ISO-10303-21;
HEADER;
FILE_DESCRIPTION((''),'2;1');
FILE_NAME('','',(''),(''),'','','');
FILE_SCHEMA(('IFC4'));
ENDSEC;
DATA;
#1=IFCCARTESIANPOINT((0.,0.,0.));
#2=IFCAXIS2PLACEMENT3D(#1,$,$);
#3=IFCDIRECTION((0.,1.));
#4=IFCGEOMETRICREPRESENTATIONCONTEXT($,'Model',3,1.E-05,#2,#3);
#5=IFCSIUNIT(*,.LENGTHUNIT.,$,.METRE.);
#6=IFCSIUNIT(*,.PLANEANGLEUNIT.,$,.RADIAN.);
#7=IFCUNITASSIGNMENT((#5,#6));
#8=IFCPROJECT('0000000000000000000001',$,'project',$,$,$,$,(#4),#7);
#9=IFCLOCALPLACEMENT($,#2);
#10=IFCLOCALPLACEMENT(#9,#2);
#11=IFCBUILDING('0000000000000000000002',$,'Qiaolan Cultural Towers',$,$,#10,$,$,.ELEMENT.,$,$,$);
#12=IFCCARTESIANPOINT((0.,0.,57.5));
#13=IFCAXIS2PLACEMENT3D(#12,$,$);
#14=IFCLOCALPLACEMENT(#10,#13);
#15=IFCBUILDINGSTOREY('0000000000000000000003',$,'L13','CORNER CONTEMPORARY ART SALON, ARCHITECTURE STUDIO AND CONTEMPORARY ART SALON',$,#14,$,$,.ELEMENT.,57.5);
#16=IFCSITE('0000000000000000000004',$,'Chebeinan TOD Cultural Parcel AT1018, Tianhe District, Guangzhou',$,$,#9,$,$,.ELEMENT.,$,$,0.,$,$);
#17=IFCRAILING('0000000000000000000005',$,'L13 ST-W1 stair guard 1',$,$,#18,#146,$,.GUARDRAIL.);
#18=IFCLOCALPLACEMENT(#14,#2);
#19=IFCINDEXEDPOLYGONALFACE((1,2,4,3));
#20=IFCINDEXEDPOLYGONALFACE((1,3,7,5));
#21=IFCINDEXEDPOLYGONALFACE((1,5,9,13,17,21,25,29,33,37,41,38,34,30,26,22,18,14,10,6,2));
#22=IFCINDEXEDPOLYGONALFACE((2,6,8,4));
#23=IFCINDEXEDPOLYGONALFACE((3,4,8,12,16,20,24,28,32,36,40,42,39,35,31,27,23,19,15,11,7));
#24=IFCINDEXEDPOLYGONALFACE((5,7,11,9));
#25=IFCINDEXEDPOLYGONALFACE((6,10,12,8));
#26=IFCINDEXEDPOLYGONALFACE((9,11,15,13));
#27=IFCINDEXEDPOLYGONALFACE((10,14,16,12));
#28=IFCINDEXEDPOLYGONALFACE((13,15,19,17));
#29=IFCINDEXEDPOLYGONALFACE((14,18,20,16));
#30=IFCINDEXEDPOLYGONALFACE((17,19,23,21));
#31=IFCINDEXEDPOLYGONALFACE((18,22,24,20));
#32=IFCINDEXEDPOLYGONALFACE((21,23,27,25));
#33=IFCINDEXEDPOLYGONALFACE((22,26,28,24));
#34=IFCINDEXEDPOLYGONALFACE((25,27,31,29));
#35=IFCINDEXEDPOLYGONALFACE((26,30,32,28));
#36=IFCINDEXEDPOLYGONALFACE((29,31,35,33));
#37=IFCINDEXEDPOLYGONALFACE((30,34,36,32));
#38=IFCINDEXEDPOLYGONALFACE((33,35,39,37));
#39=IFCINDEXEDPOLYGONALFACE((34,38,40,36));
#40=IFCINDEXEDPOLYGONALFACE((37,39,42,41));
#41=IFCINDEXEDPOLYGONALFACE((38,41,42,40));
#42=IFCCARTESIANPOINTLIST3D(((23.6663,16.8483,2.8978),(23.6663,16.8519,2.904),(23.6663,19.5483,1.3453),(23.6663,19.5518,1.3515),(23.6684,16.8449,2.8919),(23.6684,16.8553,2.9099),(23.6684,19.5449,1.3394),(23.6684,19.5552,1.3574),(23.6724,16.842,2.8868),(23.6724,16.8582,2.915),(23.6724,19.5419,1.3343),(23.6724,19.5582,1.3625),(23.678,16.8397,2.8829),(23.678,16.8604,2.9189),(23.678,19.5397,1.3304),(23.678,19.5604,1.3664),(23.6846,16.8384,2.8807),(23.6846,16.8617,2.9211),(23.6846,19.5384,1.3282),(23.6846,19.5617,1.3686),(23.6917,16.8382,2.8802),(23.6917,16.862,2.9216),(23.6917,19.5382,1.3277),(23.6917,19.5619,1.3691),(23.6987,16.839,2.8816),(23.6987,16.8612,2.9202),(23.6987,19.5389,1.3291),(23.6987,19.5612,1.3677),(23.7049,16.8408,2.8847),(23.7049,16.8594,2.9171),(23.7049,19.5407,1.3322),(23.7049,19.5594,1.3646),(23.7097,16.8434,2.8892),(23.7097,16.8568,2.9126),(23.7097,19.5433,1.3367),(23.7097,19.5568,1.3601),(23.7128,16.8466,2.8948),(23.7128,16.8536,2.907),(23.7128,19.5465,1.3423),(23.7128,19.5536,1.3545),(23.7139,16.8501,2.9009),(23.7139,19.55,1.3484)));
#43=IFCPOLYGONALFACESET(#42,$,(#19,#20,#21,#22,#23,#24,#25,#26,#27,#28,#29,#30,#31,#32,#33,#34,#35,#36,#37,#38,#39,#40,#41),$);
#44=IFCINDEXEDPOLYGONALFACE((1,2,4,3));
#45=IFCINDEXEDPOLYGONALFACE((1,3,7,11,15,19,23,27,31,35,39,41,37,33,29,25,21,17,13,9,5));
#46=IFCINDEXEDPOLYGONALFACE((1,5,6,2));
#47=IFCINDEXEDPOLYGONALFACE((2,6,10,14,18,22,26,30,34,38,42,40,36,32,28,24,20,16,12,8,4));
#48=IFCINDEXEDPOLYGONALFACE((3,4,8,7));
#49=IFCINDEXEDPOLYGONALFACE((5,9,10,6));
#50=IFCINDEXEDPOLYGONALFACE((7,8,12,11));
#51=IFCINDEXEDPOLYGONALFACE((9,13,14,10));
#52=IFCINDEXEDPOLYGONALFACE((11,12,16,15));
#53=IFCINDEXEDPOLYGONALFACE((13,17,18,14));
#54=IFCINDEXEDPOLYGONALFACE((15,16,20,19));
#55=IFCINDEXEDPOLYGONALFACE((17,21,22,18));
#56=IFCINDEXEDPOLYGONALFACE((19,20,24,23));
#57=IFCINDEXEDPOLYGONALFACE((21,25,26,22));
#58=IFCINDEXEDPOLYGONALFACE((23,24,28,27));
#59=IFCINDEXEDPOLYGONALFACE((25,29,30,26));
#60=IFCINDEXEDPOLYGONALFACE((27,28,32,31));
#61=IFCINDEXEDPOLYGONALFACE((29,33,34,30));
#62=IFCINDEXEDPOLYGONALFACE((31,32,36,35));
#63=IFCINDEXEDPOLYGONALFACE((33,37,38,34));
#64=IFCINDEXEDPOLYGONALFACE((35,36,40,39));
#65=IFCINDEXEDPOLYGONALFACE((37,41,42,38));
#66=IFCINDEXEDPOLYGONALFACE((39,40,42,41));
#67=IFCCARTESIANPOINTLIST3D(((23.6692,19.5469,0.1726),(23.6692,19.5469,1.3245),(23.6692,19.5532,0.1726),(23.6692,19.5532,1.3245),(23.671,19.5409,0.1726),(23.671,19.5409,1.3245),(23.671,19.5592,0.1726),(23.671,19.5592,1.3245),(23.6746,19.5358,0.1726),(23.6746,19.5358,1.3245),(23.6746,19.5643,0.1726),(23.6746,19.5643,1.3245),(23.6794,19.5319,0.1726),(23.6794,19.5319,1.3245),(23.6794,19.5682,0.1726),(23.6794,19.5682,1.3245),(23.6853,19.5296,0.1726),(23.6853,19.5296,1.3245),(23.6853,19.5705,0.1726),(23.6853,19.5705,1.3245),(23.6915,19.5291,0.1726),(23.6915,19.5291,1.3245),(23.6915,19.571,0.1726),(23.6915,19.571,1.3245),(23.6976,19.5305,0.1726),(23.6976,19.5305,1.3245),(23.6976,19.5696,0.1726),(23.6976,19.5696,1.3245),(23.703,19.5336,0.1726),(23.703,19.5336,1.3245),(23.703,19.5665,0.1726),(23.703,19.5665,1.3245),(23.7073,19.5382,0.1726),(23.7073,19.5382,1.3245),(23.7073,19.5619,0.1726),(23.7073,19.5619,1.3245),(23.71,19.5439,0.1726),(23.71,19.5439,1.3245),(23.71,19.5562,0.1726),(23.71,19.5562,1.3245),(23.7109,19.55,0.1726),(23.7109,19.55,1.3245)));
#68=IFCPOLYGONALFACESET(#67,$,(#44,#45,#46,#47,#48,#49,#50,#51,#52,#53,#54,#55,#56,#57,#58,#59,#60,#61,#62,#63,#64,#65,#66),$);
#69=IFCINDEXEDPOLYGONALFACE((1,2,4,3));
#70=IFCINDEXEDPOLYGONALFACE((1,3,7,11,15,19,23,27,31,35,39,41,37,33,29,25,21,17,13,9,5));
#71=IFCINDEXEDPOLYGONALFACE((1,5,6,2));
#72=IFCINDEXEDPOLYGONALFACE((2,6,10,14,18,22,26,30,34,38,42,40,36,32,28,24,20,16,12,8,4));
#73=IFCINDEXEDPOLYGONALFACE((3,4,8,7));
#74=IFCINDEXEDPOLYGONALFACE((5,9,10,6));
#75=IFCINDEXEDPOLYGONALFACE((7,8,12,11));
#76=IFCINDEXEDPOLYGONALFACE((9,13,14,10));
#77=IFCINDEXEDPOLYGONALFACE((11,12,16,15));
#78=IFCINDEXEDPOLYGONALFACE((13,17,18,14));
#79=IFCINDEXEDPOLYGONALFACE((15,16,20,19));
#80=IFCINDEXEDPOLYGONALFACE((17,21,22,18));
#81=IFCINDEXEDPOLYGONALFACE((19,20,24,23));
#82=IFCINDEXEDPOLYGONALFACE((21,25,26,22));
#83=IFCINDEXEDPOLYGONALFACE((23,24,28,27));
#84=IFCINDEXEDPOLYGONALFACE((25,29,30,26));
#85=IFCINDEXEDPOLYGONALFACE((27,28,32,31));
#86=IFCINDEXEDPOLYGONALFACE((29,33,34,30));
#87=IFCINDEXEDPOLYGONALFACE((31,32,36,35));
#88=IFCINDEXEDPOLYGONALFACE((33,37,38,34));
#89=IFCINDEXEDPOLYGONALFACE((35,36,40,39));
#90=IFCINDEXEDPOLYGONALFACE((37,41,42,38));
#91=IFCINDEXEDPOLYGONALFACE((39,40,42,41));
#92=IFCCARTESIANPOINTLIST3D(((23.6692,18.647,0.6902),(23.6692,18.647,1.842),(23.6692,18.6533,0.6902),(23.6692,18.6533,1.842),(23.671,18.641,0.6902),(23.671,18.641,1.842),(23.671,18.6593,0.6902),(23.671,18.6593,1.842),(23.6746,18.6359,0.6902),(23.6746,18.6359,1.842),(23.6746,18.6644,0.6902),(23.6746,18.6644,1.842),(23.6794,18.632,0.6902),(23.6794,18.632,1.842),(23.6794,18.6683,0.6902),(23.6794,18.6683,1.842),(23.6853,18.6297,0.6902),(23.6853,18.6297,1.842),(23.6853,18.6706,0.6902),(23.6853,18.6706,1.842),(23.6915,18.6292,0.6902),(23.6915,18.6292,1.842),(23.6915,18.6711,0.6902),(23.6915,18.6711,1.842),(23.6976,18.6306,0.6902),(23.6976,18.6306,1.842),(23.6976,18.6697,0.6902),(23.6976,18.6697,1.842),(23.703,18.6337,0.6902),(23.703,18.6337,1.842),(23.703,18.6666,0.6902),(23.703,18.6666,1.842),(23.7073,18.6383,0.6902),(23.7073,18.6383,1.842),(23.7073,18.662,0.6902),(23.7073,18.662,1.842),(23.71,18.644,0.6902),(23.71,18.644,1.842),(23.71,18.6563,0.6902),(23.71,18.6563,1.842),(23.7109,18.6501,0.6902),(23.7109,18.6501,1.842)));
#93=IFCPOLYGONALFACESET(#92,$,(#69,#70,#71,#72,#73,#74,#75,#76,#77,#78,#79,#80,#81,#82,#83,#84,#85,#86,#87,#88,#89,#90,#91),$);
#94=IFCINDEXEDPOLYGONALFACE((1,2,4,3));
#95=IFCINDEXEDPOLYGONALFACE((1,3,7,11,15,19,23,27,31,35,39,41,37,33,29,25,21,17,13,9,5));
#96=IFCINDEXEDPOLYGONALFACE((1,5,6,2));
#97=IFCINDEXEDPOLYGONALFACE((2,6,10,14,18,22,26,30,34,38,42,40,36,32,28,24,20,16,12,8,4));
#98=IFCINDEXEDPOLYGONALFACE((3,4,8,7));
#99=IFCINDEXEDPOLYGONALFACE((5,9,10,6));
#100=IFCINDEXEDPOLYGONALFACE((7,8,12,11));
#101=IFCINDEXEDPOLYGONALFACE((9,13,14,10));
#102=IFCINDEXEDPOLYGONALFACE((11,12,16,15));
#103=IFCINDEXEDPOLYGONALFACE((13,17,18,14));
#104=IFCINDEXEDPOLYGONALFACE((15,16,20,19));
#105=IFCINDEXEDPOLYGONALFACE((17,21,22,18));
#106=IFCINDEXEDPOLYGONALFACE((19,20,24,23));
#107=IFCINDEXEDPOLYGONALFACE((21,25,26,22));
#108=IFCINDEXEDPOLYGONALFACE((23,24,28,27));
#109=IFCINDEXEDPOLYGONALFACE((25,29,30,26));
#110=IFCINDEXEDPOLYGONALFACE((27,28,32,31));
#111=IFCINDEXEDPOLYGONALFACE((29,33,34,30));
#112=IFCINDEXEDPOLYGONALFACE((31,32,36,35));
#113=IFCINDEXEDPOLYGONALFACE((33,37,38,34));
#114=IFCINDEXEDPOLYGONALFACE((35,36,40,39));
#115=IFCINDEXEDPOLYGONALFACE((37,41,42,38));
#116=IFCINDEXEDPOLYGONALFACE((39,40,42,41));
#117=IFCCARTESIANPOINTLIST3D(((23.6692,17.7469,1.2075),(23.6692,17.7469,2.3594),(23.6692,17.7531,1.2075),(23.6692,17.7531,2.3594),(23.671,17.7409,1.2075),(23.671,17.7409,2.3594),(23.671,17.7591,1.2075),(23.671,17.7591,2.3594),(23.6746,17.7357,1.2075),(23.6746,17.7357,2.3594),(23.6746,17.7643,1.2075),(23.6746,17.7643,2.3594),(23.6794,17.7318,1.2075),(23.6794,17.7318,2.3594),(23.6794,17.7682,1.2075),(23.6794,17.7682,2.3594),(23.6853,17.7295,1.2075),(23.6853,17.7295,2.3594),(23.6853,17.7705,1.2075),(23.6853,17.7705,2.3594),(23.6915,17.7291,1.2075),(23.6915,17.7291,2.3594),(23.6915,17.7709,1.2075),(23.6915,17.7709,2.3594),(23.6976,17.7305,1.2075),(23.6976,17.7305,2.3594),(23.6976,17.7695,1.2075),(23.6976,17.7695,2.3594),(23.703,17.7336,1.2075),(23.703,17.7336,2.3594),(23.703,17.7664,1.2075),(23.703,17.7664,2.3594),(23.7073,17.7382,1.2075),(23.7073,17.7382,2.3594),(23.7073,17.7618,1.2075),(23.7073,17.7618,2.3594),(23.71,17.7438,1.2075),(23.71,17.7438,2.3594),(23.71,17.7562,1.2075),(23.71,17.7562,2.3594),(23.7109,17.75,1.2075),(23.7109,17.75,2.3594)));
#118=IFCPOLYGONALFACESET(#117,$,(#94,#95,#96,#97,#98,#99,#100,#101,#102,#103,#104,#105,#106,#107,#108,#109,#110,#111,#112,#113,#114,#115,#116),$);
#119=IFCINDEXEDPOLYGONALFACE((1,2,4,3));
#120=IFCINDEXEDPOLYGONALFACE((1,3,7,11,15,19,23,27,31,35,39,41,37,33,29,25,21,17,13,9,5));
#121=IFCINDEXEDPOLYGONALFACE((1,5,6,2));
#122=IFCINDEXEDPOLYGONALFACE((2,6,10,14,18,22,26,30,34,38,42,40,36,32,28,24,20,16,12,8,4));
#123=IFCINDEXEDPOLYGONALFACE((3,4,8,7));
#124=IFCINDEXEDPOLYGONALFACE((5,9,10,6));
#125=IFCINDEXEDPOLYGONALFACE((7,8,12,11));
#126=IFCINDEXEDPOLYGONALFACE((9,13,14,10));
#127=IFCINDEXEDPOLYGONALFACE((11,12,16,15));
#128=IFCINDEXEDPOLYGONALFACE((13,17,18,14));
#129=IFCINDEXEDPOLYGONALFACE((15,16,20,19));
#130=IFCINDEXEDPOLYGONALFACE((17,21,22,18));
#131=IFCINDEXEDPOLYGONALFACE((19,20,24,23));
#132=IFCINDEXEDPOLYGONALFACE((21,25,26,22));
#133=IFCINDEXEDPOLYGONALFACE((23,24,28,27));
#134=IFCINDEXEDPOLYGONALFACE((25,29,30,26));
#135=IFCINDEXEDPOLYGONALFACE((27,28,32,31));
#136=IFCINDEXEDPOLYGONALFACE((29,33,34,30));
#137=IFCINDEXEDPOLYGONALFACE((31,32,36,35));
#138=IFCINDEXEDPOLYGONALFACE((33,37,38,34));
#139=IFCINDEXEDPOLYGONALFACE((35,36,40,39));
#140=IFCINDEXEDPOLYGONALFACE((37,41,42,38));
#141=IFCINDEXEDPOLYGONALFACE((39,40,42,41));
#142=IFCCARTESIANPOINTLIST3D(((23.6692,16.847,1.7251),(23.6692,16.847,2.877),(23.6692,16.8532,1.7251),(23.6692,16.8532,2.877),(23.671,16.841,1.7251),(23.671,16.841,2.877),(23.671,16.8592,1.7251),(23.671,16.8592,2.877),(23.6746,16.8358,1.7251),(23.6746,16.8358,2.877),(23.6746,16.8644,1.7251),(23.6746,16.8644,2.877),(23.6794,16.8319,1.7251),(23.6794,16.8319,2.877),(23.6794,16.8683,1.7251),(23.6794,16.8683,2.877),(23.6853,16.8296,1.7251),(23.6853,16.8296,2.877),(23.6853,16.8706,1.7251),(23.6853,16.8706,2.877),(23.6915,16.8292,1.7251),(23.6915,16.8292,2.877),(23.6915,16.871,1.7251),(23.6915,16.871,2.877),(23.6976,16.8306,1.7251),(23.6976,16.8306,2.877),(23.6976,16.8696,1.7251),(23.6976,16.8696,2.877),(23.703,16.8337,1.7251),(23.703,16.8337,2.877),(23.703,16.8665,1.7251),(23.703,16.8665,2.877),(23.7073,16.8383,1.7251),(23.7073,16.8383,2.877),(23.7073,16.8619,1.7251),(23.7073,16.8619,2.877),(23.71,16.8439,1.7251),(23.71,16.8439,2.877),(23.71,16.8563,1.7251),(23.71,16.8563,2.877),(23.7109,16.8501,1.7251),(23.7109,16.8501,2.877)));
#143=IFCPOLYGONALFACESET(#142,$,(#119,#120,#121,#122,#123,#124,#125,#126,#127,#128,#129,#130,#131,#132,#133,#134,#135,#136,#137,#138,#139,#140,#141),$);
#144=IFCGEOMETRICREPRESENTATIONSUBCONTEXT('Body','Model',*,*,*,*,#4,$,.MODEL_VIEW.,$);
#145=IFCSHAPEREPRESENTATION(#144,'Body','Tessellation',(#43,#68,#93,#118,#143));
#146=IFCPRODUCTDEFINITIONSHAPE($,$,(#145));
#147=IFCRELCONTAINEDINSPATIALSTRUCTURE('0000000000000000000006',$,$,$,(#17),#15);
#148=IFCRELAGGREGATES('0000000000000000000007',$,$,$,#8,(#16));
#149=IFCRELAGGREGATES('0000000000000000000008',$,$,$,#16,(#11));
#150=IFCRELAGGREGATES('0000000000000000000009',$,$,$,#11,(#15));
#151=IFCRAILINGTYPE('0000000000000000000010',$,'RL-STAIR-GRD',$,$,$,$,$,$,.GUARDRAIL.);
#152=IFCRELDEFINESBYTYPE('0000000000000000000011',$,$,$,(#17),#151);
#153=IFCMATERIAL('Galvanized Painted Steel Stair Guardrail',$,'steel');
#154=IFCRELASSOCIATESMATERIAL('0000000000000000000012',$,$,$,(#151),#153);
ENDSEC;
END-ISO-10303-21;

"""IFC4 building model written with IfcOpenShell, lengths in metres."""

from ifc_helpers import new_model, si_unit, direction, frame, origin, origin_2d, place, context, subcontext, project, spatial, circle, extrude, material, type_object, element, save


model = new_model("IFC4")

# Units and contexts
model_context = context("Model", 3, precision=1e-05, world=origin(), true_north=direction((0.0, 1.0)))
body_context = subcontext(model_context, "Body", "Model", "MODEL_VIEW")
ifc_project = project(units=[si_unit("LENGTHUNIT", "METRE"), si_unit("PLANEANGLEUNIT", "RADIAN")], contexts=[model_context])

# Site, building, storey
site_placement = place(None, origin())
site = spatial("IfcSite", under=ifc_project, at=site_placement, Name="Chebeinan TOD Cultural Parcel AT1018, Tianhe District, Guangzhou", CompositionType="ELEMENT", RefElevation=0.0)
building_placement = place(site_placement, origin())
building = spatial("IfcBuilding", under=site, at=building_placement, Name="Qiaolan Cultural Towers", CompositionType="ELEMENT")
storey_placement = place(building_placement, frame((0.0, 0.0, 57.5)))
storey = spatial("IfcBuildingStorey", under=building, at=storey_placement, Name="L13", Description="CORNER CONTEMPORARY ART SALON, ARCHITECTURE STUDIO AND CONTEMPORARY ART SALON", CompositionType="ELEMENT", Elevation=57.5)

# Railing
ifc_material_1 = material(Name="Galvanized Painted Steel Stair Guardrail", Category="steel")
railing_type_1 = type_object("IfcRailingType", Name="RL-STAIR-GRD", PredefinedType="GUARDRAIL", material=ifc_material_1)
railing_1_placement = place(storey_placement, frame((23.6899, 19.55, 0.1726)))
element("IfcRailing", 1, at=railing_1_placement, inside=storey, type_object=railing_type_1, Name="L13 ST-W1 stair guard 1", PredefinedType="GUARDRAIL", context=body_context, shape_type="SweptSolid", body=[
    extrude(circle(Radius=0.0239, at=origin_2d()), frame((0.0, 0.0, 1.1758), z_axis=(0.0, -0.866904, 0.498476), x_axis=(1.0, 0.0, 0.0)), (0.0, 0.0, 1.0), 3.1145),
    extrude(circle(Radius=0.021, at=origin_2d()), origin(), (0.0, 0.0, 1.0), 1.1519),
    extrude(circle(Radius=0.021, at=origin_2d()), frame((0.0, -0.8999, 0.5176)), (0.0, 0.0, 1.0), 1.1519),
    extrude(circle(Radius=0.021, at=origin_2d()), frame((0.0, -1.8, 1.0349)), (0.0, 0.0, 1.0), 1.1519),
    extrude(circle(Radius=0.021, at=origin_2d()), frame((0.0, -2.7, 1.5525)), (0.0, 0.0, 1.0), 1.1519),
])

save(model, "model.ifc")
